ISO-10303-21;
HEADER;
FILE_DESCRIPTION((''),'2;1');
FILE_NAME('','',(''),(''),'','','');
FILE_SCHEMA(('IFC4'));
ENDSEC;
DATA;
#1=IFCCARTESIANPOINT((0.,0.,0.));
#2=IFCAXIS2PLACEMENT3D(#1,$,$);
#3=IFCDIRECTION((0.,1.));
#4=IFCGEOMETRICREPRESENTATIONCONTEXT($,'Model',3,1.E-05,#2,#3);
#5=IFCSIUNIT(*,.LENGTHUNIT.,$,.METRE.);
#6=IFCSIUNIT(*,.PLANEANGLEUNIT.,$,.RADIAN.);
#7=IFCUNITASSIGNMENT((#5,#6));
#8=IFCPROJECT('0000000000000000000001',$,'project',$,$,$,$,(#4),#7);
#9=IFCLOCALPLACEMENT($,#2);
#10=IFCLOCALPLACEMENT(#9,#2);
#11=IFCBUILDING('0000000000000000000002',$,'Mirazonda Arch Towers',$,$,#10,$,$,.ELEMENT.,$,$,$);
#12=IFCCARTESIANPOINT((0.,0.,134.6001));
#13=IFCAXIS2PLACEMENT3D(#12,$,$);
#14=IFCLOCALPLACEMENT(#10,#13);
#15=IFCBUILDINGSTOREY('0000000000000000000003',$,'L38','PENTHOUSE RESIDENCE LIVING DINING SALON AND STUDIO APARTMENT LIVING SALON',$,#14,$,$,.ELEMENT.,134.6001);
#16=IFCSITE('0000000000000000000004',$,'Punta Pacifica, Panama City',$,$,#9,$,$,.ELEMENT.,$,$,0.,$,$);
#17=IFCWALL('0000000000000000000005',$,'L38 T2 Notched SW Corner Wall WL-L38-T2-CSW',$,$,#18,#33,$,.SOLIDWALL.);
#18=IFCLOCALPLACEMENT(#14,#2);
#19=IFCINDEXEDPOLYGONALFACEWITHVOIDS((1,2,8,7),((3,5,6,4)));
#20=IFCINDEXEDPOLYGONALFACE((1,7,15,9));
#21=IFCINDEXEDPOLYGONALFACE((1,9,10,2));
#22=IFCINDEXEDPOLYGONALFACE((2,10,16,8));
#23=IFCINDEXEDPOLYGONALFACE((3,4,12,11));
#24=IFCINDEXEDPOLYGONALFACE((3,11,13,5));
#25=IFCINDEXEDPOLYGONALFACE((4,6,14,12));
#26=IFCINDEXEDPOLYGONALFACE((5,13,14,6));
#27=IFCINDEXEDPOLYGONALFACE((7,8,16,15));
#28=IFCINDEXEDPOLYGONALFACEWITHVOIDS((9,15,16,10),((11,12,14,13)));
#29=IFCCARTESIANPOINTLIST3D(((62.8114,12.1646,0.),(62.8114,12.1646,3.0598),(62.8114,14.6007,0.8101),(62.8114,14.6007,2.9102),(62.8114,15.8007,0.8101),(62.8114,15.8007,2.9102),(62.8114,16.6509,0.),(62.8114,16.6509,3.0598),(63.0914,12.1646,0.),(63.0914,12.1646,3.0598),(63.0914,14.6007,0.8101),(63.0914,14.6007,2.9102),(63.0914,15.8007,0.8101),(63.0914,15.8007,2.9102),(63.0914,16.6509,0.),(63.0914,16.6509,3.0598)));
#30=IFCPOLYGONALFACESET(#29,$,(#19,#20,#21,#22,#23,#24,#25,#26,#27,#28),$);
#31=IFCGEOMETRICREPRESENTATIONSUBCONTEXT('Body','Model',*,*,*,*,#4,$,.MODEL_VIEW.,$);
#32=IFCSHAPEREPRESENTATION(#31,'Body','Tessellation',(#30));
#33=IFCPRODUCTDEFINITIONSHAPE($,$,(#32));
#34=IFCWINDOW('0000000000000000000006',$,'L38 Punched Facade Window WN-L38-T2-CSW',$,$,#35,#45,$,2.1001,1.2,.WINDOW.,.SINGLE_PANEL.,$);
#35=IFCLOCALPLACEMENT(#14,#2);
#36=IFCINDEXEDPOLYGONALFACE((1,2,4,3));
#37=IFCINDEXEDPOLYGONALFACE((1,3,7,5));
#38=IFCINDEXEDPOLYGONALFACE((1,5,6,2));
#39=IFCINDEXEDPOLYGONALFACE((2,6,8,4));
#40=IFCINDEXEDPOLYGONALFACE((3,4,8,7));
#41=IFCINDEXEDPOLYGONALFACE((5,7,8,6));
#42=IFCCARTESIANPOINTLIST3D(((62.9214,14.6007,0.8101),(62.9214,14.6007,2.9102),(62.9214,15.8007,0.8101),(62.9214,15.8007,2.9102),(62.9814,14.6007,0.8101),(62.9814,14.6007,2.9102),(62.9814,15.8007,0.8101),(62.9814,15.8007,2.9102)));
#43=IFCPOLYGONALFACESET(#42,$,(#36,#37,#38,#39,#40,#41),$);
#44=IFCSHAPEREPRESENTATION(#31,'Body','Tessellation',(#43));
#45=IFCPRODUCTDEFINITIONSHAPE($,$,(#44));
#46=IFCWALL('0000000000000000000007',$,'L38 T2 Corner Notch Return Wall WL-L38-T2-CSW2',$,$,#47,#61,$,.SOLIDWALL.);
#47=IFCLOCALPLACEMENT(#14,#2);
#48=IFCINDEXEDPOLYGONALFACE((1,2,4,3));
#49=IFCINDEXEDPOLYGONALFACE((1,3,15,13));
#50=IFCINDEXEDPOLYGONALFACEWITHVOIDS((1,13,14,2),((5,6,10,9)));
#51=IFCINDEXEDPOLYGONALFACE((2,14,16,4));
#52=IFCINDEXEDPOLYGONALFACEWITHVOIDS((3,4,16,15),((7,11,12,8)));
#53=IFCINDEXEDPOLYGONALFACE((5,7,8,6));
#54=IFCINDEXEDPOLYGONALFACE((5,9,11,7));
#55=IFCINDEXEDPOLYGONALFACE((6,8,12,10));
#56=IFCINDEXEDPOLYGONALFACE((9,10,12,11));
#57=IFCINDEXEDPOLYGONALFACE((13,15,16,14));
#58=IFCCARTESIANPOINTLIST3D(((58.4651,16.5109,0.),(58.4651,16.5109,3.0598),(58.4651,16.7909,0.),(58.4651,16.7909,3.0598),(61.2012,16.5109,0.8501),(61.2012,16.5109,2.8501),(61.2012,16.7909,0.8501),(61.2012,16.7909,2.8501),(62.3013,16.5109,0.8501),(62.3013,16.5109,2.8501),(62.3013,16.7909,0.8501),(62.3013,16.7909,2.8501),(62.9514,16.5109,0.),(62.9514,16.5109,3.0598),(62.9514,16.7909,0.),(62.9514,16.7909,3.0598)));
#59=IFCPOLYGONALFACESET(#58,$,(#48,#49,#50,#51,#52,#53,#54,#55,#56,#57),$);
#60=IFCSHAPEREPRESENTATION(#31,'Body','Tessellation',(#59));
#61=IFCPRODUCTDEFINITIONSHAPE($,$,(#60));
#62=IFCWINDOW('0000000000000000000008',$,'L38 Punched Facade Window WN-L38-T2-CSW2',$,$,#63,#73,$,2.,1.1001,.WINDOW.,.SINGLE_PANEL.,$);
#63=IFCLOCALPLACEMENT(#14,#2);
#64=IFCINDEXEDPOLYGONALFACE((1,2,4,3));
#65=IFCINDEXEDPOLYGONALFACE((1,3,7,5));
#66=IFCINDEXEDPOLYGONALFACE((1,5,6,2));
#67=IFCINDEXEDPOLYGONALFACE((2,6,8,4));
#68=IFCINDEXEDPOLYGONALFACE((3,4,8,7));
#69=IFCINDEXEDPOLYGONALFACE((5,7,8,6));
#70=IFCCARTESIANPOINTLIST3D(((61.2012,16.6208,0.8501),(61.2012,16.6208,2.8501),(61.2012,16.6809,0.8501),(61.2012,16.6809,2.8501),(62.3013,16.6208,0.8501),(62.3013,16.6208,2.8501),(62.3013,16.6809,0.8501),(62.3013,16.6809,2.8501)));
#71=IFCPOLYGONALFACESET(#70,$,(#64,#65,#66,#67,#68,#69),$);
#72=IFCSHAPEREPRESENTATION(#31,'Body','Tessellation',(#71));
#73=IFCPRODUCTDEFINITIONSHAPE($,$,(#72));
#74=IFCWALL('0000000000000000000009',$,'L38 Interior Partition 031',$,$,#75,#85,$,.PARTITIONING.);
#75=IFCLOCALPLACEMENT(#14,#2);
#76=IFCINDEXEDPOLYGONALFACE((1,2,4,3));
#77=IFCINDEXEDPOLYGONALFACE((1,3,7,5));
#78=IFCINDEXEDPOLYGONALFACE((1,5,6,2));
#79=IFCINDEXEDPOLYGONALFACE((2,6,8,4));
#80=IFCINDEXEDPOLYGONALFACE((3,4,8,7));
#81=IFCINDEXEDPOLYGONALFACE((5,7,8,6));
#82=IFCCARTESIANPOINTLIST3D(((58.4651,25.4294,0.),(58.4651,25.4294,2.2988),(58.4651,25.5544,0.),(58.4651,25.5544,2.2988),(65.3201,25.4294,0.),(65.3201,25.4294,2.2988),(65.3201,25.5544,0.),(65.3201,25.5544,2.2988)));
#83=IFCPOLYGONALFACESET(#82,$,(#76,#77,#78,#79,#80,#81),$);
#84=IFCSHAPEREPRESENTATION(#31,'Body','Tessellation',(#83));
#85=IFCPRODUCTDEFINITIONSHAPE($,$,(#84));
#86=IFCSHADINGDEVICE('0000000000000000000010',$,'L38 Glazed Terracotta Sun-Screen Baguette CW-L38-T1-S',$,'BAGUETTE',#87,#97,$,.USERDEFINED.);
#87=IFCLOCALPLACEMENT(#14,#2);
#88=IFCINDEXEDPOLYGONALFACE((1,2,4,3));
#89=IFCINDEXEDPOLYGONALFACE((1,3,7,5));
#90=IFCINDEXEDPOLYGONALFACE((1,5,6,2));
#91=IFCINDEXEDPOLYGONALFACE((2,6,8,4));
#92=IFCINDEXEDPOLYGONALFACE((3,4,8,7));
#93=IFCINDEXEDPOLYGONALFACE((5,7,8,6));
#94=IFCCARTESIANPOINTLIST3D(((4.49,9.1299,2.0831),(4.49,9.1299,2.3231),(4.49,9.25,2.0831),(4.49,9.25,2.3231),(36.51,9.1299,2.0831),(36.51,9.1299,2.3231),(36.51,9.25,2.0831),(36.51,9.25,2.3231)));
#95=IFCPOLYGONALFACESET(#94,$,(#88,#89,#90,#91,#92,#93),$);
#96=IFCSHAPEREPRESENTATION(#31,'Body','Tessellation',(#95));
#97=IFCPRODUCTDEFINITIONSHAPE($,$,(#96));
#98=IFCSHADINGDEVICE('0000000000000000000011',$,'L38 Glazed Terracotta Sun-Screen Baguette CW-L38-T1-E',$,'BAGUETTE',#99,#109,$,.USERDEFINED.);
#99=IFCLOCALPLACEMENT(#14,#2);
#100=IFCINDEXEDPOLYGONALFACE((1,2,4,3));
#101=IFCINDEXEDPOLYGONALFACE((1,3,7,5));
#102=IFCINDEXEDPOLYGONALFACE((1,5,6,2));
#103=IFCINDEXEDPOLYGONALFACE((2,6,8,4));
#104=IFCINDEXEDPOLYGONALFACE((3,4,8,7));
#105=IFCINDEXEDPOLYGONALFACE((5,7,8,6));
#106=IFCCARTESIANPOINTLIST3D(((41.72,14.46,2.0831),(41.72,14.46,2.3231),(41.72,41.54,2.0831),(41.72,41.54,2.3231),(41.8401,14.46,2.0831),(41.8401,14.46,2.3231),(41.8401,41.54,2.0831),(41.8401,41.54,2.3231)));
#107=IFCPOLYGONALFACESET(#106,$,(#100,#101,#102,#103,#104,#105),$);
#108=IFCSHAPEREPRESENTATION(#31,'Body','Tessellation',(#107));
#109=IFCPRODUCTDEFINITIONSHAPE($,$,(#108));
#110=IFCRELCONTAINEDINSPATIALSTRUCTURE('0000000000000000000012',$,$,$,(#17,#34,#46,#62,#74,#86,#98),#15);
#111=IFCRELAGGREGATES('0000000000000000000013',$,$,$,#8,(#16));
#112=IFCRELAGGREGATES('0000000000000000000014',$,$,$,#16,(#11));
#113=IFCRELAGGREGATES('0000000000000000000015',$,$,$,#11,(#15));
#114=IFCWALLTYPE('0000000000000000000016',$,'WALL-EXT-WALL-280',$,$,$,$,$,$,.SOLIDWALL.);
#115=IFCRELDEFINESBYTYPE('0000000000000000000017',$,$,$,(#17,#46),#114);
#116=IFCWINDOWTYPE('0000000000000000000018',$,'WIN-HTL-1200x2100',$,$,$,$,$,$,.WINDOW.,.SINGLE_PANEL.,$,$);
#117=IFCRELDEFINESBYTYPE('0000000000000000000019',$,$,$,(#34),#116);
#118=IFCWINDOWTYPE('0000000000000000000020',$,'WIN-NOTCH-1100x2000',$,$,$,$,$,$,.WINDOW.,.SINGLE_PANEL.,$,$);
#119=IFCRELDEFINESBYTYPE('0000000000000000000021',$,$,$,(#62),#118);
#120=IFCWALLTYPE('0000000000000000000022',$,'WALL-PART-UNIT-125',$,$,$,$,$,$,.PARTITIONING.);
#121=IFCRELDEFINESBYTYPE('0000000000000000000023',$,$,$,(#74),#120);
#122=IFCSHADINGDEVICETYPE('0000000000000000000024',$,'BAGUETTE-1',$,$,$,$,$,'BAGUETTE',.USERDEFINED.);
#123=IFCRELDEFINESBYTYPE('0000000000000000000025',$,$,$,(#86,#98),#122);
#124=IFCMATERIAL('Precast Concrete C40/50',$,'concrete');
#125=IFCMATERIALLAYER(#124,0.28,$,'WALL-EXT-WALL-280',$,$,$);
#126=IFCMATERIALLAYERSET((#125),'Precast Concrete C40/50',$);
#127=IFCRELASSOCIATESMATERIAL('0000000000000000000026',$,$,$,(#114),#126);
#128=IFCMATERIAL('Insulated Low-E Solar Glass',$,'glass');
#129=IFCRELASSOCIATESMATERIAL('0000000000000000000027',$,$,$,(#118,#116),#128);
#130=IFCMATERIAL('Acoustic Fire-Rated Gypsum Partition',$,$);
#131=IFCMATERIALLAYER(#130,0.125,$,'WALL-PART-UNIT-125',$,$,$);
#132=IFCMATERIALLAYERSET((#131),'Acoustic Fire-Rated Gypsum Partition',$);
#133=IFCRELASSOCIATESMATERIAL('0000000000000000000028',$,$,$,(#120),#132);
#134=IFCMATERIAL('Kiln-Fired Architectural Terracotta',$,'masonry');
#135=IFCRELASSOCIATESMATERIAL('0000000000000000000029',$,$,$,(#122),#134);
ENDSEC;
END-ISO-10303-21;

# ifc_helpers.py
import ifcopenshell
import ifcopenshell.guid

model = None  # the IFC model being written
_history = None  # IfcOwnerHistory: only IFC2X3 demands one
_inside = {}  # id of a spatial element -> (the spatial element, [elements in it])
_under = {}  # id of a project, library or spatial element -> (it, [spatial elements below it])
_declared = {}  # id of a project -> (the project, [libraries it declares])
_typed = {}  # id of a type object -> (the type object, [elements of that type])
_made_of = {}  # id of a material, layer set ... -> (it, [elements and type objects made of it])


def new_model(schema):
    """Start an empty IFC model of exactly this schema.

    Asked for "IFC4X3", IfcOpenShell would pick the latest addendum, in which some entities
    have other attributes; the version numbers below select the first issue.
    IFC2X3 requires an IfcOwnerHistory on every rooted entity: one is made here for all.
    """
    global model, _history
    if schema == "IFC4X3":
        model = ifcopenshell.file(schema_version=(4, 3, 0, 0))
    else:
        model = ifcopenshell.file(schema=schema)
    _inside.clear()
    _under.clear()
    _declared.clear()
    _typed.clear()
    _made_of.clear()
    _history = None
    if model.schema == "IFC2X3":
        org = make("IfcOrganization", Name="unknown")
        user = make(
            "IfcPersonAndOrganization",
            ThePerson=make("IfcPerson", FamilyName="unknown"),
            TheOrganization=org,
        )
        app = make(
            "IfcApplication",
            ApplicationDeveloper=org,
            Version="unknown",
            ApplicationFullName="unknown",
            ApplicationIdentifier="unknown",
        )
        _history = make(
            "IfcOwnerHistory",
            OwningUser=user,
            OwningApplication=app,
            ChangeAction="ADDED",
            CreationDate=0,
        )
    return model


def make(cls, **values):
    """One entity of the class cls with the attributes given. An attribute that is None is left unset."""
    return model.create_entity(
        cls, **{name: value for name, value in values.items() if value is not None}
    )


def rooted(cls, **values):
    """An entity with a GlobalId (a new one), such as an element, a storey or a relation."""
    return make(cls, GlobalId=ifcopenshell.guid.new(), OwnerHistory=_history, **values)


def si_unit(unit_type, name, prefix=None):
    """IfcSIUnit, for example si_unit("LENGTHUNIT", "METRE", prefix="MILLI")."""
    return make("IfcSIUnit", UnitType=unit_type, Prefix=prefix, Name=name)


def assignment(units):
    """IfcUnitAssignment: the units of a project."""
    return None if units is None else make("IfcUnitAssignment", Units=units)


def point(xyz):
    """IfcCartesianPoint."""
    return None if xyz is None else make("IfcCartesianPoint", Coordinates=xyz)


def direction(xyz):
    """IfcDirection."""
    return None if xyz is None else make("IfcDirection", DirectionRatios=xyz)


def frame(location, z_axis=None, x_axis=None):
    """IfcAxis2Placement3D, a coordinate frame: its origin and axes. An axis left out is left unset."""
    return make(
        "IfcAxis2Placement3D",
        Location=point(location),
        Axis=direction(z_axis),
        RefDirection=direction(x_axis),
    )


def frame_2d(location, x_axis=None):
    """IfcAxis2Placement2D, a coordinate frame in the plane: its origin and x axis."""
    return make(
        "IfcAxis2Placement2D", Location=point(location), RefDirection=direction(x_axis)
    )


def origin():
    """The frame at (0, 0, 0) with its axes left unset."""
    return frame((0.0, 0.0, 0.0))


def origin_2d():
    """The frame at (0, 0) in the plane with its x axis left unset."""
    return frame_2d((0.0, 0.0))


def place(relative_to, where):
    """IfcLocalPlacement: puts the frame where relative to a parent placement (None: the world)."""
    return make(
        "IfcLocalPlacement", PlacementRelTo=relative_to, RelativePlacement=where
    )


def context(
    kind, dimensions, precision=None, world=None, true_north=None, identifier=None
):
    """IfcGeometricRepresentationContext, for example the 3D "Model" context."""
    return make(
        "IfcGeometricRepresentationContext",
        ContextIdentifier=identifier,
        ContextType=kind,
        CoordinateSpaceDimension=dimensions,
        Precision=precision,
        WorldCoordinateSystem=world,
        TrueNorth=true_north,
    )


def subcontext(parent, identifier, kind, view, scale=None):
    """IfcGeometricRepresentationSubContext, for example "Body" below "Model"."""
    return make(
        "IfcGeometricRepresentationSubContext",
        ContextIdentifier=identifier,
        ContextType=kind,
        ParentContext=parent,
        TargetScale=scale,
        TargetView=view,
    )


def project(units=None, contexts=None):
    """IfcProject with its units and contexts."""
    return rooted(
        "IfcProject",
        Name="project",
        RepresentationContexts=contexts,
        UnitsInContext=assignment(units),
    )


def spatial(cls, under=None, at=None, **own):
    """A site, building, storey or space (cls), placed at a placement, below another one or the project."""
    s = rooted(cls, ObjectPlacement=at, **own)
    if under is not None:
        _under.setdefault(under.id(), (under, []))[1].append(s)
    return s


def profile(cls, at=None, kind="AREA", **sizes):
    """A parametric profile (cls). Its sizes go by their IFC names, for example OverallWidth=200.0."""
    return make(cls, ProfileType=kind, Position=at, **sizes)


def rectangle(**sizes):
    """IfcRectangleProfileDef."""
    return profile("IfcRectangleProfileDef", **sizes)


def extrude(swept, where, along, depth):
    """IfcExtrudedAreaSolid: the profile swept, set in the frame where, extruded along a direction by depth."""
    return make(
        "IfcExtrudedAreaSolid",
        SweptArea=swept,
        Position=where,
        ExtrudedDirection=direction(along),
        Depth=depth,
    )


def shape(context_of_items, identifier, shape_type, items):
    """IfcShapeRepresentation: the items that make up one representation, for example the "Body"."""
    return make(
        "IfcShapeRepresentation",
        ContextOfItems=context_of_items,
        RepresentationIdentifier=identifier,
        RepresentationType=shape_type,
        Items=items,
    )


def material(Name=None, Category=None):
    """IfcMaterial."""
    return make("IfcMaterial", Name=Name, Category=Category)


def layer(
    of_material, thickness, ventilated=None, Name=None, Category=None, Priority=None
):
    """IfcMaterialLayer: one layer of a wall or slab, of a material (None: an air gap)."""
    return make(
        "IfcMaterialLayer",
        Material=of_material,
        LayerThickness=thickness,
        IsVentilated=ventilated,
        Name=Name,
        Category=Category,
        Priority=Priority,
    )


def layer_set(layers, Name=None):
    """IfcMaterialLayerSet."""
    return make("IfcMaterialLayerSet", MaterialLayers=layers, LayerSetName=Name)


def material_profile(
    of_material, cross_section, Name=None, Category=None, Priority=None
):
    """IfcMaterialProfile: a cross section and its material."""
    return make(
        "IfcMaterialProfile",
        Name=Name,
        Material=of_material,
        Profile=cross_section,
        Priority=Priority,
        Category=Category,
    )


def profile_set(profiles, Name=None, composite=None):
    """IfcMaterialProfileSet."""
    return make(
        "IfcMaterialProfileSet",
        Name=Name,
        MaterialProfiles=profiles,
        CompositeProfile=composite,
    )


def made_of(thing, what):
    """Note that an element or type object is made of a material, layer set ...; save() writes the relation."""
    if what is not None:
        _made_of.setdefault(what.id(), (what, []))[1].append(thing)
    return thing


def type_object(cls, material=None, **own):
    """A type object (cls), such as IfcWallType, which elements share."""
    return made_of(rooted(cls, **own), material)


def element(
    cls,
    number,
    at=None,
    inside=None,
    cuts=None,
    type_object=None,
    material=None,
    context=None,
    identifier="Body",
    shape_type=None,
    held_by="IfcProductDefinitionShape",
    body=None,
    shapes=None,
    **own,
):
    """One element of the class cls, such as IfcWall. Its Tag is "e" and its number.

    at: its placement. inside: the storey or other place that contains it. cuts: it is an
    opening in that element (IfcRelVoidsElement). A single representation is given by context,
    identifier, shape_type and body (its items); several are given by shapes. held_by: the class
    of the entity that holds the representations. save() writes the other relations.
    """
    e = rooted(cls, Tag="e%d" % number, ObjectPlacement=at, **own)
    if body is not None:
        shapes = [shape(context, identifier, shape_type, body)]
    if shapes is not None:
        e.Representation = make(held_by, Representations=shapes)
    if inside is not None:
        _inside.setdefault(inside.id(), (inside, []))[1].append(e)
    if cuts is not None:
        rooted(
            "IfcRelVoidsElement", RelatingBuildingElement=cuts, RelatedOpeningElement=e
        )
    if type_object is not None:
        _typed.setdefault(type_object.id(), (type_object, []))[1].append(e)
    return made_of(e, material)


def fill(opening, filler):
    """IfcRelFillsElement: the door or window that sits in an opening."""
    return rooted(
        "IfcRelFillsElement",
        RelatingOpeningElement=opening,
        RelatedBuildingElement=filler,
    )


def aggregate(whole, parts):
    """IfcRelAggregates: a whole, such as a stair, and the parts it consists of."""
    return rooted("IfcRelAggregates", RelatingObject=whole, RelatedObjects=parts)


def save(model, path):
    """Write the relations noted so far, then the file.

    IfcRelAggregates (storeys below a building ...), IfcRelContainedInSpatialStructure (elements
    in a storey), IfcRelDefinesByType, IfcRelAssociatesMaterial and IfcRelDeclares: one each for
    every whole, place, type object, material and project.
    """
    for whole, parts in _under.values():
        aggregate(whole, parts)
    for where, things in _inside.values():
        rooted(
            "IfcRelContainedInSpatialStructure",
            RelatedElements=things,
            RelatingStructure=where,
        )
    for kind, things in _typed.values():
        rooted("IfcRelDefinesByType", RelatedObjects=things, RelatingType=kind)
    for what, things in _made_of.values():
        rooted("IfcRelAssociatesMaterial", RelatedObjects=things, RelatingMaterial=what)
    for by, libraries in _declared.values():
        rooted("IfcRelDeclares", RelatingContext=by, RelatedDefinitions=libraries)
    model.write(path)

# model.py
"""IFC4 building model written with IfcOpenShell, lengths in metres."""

from ifc_helpers import new_model, si_unit, direction, frame, frame_2d, origin, origin_2d, place, context, subcontext, project, spatial, rectangle, extrude, material, layer, layer_set, material_profile, profile_set, type_object, element, fill, save


model = new_model("IFC4")

# Units and contexts
model_context = context("Model", 3, precision=1e-05, world=origin(), true_north=direction((0.0, 1.0)))
body_context = subcontext(model_context, "Body", "Model", "MODEL_VIEW")
ifc_project = project(units=[si_unit("LENGTHUNIT", "METRE"), si_unit("PLANEANGLEUNIT", "RADIAN")], contexts=[model_context])

# Site, building, storey
site_placement = place(None, origin())
site = spatial("IfcSite", under=ifc_project, at=site_placement, Name="Punta Pacifica, Panama City", CompositionType="ELEMENT", RefElevation=0.0)
building_placement = place(site_placement, origin())
building = spatial("IfcBuilding", under=site, at=building_placement, Name="Mirazonda Arch Towers", CompositionType="ELEMENT")
storey_placement = place(building_placement, frame((0.0, 0.0, 134.6001)))
storey = spatial("IfcBuildingStorey", under=building, at=storey_placement, Name="L38", Description="PENTHOUSE RESIDENCE LIVING DINING SALON AND STUDIO APARTMENT LIVING SALON", CompositionType="ELEMENT", Elevation=134.6001)

# Shared definitions
ifc_material_1 = material(Name="Insulated Low-E Solar Glass", Category="glass")

# Shared definitions
ifc_material_2 = material(Name="Precast Concrete C40/50", Category="concrete")
ifc_layer_1 = layer(ifc_material_2, 0.28, Name="WALL-EXT-WALL-280")
ifc_layer_set_1 = layer_set([ifc_layer_1], Name="Precast Concrete C40/50")
wall_type_1 = type_object("IfcWallType", Name="WALL-EXT-WALL-280", PredefinedType="SOLIDWALL", material=ifc_layer_set_1)
window_type_1 = type_object("IfcWindowType", Name="WIN-NOTCH-1100x2000", PartitioningType="SINGLE_PANEL", PredefinedType="WINDOW", material=ifc_material_1)

# Walls, openings, windows
wall_1_placement = place(storey_placement, frame((62.9514, 16.6509, 0.0), z_axis=(0.0, 0.0, 1.0), x_axis=(0.0, -1.0, 0.0)))
wall_1 = element("IfcWall", 1, at=wall_1_placement, inside=storey, type_object=wall_type_1, Name="L38 T2 Notched SW Corner Wall WL-L38-T2-CSW", PredefinedType="SOLIDWALL", context=body_context, shape_type="SweptSolid", body=[
    extrude(rectangle(XDim=4.4863, YDim=0.28, at=frame_2d((2.2432, 0.0))), origin(), (0.0, 0.0, 1.0), 3.0598),
])
opening_1_placement = place(wall_1_placement, frame((0.8501, 0.0, 0.8101)))
opening_1 = element("IfcOpeningElement", 2, at=opening_1_placement, cuts=wall_1, PredefinedType="OPENING", context=body_context, shape_type="SweptSolid", body=[
    extrude(rectangle(XDim=1.2, YDim=2.1001, at=frame_2d((0.6001, 1.05))), frame((0.0, 0.1499, 0.0), z_axis=(0.0, -1.0, 0.0), x_axis=(1.0, 0.0, 0.0)), (0.0, 0.0, 1.0), 0.3),
])
window_type_2 = type_object("IfcWindowType", Name="WIN-HTL-1200x2100", PartitioningType="SINGLE_PANEL", PredefinedType="WINDOW", material=ifc_material_1)
window_1_placement = place(opening_1_placement, origin())
window_1 = element("IfcWindow", 3, at=window_1_placement, inside=storey, type_object=window_type_2, Name="L38 Punched Facade Window WN-L38-T2-CSW", OverallHeight=2.1001, OverallWidth=1.2, PartitioningType="SINGLE_PANEL", PredefinedType="WINDOW", context=body_context, shape_type="SweptSolid", body=[
    extrude(rectangle(XDim=1.2, YDim=2.1001, at=frame_2d((0.6001, 1.05))), frame((0.0, 0.03, 0.0), z_axis=(0.0, -1.0, 0.0), x_axis=(1.0, 0.0, 0.0)), (0.0, 0.0, 1.0), 0.0601),
])
fill(opening_1, window_1)
wall_2_placement = place(storey_placement, frame((58.4651, 16.6509, 0.0), z_axis=(0.0, 0.0, 1.0), x_axis=(1.0, 0.0, 0.0)))
wall_2 = element("IfcWall", 4, at=wall_2_placement, inside=storey, type_object=wall_type_1, Name="L38 T2 Corner Notch Return Wall WL-L38-T2-CSW2", PredefinedType="SOLIDWALL", context=body_context, shape_type="SweptSolid", body=[
    extrude(rectangle(XDim=4.4863, YDim=0.28, at=frame_2d((2.2432, 0.0))), origin(), (0.0, 0.0, 1.0), 3.0598),
])
opening_2_placement = place(wall_2_placement, frame((2.7361, 0.0, 0.8501)))
opening_2 = element("IfcOpeningElement", 5, at=opening_2_placement, cuts=wall_2, PredefinedType="OPENING", context=body_context, shape_type="SweptSolid", body=[
    extrude(rectangle(XDim=1.1001, YDim=2.0, at=frame_2d((0.55, 1.0))), frame((0.0, 0.1499, 0.0), z_axis=(0.0, -1.0, 0.0), x_axis=(1.0, 0.0, 0.0)), (0.0, 0.0, 1.0), 0.3),
])
window_2_placement = place(opening_2_placement, origin())
window_2 = element("IfcWindow", 6, at=window_2_placement, inside=storey, type_object=window_type_1, Name="L38 Punched Facade Window WN-L38-T2-CSW2", OverallHeight=2.0, OverallWidth=1.1001, PartitioningType="SINGLE_PANEL", PredefinedType="WINDOW", context=body_context, shape_type="SweptSolid", body=[
    extrude(rectangle(XDim=1.1001, YDim=2.0, at=frame_2d((0.55, 1.0))), frame((0.0, 0.03, 0.0), z_axis=(0.0, -1.0, 0.0), x_axis=(1.0, 0.0, 0.0)), (0.0, 0.0, 1.0), 0.0601),
])
fill(opening_2, window_2)

# Wall
ifc_material_3 = material(Name="Acoustic Fire-Rated Gypsum Partition")
ifc_layer_2 = layer(ifc_material_3, 0.125, Name="WALL-PART-UNIT-125")
ifc_layer_set_2 = layer_set([ifc_layer_2], Name="Acoustic Fire-Rated Gypsum Partition")
wall_type_2 = type_object("IfcWallType", Name="WALL-PART-UNIT-125", PredefinedType="PARTITIONING", material=ifc_layer_set_2)
wall_3_placement = place(storey_placement, frame((58.4651, 25.4919, 0.0), z_axis=(0.0, 0.0, 1.0), x_axis=(1.0, 0.0, 0.0)))
element("IfcWall", 7, at=wall_3_placement, inside=storey, type_object=wall_type_2, Name="L38 Interior Partition 031", PredefinedType="PARTITIONING", context=body_context, shape_type="SweptSolid", body=[
    extrude(rectangle(XDim=6.855, YDim=0.125, at=frame_2d((3.4275, 0.0))), origin(), (0.0, 0.0, 1.0), 2.2988),
])

# Shading devices
ifc_material_4 = material(Name="Kiln-Fired Architectural Terracotta", Category="masonry")
ifc_material_profile_1 = material_profile(ifc_material_4, rectangle(XDim=0.1201, YDim=0.24, at=origin_2d()), Name="TERRA-BAG-120x240")
ifc_profile_set_1 = profile_set([ifc_material_profile_1], Name="Kiln-Fired Architectural Terracotta")
shading_device_type = type_object("IfcShadingDeviceType", Name="BAGUETTE-1", ElementType="BAGUETTE", PredefinedType="USERDEFINED", material=ifc_profile_set_1)
shading_device_1_placement = place(storey_placement, frame((36.51, 9.1899, 2.2031), z_axis=(-1.0, 0.0, 0.0), x_axis=(0.0, -1.0, 0.0)))
element("IfcShadingDevice", 8, at=shading_device_1_placement, inside=storey, type_object=shading_device_type, Name="L38 Glazed Terracotta Sun-Screen Baguette CW-L38-T1-S", ObjectType="BAGUETTE", PredefinedType="USERDEFINED", context=body_context, shape_type="SweptSolid", body=[
    extrude(rectangle(XDim=0.1201, YDim=0.24, at=origin_2d()), origin(), (0.0, 0.0, 1.0), 32.02),
])
shading_device_2_placement = place(storey_placement, frame((41.78, 14.46, 2.2031), z_axis=(0.0, 1.0, 0.0), x_axis=(-1.0, 0.0, 0.0)))
element("IfcShadingDevice", 9, at=shading_device_2_placement, inside=storey, type_object=shading_device_type, Name="L38 Glazed Terracotta Sun-Screen Baguette CW-L38-T1-E", ObjectType="BAGUETTE", PredefinedType="USERDEFINED", context=body_context, shape_type="SweptSolid", body=[
    extrude(rectangle(XDim=0.1201, YDim=0.24, at=origin_2d()), origin(), (0.0, 0.0, 1.0), 27.0801),
])

save(model, "model.ifc")
